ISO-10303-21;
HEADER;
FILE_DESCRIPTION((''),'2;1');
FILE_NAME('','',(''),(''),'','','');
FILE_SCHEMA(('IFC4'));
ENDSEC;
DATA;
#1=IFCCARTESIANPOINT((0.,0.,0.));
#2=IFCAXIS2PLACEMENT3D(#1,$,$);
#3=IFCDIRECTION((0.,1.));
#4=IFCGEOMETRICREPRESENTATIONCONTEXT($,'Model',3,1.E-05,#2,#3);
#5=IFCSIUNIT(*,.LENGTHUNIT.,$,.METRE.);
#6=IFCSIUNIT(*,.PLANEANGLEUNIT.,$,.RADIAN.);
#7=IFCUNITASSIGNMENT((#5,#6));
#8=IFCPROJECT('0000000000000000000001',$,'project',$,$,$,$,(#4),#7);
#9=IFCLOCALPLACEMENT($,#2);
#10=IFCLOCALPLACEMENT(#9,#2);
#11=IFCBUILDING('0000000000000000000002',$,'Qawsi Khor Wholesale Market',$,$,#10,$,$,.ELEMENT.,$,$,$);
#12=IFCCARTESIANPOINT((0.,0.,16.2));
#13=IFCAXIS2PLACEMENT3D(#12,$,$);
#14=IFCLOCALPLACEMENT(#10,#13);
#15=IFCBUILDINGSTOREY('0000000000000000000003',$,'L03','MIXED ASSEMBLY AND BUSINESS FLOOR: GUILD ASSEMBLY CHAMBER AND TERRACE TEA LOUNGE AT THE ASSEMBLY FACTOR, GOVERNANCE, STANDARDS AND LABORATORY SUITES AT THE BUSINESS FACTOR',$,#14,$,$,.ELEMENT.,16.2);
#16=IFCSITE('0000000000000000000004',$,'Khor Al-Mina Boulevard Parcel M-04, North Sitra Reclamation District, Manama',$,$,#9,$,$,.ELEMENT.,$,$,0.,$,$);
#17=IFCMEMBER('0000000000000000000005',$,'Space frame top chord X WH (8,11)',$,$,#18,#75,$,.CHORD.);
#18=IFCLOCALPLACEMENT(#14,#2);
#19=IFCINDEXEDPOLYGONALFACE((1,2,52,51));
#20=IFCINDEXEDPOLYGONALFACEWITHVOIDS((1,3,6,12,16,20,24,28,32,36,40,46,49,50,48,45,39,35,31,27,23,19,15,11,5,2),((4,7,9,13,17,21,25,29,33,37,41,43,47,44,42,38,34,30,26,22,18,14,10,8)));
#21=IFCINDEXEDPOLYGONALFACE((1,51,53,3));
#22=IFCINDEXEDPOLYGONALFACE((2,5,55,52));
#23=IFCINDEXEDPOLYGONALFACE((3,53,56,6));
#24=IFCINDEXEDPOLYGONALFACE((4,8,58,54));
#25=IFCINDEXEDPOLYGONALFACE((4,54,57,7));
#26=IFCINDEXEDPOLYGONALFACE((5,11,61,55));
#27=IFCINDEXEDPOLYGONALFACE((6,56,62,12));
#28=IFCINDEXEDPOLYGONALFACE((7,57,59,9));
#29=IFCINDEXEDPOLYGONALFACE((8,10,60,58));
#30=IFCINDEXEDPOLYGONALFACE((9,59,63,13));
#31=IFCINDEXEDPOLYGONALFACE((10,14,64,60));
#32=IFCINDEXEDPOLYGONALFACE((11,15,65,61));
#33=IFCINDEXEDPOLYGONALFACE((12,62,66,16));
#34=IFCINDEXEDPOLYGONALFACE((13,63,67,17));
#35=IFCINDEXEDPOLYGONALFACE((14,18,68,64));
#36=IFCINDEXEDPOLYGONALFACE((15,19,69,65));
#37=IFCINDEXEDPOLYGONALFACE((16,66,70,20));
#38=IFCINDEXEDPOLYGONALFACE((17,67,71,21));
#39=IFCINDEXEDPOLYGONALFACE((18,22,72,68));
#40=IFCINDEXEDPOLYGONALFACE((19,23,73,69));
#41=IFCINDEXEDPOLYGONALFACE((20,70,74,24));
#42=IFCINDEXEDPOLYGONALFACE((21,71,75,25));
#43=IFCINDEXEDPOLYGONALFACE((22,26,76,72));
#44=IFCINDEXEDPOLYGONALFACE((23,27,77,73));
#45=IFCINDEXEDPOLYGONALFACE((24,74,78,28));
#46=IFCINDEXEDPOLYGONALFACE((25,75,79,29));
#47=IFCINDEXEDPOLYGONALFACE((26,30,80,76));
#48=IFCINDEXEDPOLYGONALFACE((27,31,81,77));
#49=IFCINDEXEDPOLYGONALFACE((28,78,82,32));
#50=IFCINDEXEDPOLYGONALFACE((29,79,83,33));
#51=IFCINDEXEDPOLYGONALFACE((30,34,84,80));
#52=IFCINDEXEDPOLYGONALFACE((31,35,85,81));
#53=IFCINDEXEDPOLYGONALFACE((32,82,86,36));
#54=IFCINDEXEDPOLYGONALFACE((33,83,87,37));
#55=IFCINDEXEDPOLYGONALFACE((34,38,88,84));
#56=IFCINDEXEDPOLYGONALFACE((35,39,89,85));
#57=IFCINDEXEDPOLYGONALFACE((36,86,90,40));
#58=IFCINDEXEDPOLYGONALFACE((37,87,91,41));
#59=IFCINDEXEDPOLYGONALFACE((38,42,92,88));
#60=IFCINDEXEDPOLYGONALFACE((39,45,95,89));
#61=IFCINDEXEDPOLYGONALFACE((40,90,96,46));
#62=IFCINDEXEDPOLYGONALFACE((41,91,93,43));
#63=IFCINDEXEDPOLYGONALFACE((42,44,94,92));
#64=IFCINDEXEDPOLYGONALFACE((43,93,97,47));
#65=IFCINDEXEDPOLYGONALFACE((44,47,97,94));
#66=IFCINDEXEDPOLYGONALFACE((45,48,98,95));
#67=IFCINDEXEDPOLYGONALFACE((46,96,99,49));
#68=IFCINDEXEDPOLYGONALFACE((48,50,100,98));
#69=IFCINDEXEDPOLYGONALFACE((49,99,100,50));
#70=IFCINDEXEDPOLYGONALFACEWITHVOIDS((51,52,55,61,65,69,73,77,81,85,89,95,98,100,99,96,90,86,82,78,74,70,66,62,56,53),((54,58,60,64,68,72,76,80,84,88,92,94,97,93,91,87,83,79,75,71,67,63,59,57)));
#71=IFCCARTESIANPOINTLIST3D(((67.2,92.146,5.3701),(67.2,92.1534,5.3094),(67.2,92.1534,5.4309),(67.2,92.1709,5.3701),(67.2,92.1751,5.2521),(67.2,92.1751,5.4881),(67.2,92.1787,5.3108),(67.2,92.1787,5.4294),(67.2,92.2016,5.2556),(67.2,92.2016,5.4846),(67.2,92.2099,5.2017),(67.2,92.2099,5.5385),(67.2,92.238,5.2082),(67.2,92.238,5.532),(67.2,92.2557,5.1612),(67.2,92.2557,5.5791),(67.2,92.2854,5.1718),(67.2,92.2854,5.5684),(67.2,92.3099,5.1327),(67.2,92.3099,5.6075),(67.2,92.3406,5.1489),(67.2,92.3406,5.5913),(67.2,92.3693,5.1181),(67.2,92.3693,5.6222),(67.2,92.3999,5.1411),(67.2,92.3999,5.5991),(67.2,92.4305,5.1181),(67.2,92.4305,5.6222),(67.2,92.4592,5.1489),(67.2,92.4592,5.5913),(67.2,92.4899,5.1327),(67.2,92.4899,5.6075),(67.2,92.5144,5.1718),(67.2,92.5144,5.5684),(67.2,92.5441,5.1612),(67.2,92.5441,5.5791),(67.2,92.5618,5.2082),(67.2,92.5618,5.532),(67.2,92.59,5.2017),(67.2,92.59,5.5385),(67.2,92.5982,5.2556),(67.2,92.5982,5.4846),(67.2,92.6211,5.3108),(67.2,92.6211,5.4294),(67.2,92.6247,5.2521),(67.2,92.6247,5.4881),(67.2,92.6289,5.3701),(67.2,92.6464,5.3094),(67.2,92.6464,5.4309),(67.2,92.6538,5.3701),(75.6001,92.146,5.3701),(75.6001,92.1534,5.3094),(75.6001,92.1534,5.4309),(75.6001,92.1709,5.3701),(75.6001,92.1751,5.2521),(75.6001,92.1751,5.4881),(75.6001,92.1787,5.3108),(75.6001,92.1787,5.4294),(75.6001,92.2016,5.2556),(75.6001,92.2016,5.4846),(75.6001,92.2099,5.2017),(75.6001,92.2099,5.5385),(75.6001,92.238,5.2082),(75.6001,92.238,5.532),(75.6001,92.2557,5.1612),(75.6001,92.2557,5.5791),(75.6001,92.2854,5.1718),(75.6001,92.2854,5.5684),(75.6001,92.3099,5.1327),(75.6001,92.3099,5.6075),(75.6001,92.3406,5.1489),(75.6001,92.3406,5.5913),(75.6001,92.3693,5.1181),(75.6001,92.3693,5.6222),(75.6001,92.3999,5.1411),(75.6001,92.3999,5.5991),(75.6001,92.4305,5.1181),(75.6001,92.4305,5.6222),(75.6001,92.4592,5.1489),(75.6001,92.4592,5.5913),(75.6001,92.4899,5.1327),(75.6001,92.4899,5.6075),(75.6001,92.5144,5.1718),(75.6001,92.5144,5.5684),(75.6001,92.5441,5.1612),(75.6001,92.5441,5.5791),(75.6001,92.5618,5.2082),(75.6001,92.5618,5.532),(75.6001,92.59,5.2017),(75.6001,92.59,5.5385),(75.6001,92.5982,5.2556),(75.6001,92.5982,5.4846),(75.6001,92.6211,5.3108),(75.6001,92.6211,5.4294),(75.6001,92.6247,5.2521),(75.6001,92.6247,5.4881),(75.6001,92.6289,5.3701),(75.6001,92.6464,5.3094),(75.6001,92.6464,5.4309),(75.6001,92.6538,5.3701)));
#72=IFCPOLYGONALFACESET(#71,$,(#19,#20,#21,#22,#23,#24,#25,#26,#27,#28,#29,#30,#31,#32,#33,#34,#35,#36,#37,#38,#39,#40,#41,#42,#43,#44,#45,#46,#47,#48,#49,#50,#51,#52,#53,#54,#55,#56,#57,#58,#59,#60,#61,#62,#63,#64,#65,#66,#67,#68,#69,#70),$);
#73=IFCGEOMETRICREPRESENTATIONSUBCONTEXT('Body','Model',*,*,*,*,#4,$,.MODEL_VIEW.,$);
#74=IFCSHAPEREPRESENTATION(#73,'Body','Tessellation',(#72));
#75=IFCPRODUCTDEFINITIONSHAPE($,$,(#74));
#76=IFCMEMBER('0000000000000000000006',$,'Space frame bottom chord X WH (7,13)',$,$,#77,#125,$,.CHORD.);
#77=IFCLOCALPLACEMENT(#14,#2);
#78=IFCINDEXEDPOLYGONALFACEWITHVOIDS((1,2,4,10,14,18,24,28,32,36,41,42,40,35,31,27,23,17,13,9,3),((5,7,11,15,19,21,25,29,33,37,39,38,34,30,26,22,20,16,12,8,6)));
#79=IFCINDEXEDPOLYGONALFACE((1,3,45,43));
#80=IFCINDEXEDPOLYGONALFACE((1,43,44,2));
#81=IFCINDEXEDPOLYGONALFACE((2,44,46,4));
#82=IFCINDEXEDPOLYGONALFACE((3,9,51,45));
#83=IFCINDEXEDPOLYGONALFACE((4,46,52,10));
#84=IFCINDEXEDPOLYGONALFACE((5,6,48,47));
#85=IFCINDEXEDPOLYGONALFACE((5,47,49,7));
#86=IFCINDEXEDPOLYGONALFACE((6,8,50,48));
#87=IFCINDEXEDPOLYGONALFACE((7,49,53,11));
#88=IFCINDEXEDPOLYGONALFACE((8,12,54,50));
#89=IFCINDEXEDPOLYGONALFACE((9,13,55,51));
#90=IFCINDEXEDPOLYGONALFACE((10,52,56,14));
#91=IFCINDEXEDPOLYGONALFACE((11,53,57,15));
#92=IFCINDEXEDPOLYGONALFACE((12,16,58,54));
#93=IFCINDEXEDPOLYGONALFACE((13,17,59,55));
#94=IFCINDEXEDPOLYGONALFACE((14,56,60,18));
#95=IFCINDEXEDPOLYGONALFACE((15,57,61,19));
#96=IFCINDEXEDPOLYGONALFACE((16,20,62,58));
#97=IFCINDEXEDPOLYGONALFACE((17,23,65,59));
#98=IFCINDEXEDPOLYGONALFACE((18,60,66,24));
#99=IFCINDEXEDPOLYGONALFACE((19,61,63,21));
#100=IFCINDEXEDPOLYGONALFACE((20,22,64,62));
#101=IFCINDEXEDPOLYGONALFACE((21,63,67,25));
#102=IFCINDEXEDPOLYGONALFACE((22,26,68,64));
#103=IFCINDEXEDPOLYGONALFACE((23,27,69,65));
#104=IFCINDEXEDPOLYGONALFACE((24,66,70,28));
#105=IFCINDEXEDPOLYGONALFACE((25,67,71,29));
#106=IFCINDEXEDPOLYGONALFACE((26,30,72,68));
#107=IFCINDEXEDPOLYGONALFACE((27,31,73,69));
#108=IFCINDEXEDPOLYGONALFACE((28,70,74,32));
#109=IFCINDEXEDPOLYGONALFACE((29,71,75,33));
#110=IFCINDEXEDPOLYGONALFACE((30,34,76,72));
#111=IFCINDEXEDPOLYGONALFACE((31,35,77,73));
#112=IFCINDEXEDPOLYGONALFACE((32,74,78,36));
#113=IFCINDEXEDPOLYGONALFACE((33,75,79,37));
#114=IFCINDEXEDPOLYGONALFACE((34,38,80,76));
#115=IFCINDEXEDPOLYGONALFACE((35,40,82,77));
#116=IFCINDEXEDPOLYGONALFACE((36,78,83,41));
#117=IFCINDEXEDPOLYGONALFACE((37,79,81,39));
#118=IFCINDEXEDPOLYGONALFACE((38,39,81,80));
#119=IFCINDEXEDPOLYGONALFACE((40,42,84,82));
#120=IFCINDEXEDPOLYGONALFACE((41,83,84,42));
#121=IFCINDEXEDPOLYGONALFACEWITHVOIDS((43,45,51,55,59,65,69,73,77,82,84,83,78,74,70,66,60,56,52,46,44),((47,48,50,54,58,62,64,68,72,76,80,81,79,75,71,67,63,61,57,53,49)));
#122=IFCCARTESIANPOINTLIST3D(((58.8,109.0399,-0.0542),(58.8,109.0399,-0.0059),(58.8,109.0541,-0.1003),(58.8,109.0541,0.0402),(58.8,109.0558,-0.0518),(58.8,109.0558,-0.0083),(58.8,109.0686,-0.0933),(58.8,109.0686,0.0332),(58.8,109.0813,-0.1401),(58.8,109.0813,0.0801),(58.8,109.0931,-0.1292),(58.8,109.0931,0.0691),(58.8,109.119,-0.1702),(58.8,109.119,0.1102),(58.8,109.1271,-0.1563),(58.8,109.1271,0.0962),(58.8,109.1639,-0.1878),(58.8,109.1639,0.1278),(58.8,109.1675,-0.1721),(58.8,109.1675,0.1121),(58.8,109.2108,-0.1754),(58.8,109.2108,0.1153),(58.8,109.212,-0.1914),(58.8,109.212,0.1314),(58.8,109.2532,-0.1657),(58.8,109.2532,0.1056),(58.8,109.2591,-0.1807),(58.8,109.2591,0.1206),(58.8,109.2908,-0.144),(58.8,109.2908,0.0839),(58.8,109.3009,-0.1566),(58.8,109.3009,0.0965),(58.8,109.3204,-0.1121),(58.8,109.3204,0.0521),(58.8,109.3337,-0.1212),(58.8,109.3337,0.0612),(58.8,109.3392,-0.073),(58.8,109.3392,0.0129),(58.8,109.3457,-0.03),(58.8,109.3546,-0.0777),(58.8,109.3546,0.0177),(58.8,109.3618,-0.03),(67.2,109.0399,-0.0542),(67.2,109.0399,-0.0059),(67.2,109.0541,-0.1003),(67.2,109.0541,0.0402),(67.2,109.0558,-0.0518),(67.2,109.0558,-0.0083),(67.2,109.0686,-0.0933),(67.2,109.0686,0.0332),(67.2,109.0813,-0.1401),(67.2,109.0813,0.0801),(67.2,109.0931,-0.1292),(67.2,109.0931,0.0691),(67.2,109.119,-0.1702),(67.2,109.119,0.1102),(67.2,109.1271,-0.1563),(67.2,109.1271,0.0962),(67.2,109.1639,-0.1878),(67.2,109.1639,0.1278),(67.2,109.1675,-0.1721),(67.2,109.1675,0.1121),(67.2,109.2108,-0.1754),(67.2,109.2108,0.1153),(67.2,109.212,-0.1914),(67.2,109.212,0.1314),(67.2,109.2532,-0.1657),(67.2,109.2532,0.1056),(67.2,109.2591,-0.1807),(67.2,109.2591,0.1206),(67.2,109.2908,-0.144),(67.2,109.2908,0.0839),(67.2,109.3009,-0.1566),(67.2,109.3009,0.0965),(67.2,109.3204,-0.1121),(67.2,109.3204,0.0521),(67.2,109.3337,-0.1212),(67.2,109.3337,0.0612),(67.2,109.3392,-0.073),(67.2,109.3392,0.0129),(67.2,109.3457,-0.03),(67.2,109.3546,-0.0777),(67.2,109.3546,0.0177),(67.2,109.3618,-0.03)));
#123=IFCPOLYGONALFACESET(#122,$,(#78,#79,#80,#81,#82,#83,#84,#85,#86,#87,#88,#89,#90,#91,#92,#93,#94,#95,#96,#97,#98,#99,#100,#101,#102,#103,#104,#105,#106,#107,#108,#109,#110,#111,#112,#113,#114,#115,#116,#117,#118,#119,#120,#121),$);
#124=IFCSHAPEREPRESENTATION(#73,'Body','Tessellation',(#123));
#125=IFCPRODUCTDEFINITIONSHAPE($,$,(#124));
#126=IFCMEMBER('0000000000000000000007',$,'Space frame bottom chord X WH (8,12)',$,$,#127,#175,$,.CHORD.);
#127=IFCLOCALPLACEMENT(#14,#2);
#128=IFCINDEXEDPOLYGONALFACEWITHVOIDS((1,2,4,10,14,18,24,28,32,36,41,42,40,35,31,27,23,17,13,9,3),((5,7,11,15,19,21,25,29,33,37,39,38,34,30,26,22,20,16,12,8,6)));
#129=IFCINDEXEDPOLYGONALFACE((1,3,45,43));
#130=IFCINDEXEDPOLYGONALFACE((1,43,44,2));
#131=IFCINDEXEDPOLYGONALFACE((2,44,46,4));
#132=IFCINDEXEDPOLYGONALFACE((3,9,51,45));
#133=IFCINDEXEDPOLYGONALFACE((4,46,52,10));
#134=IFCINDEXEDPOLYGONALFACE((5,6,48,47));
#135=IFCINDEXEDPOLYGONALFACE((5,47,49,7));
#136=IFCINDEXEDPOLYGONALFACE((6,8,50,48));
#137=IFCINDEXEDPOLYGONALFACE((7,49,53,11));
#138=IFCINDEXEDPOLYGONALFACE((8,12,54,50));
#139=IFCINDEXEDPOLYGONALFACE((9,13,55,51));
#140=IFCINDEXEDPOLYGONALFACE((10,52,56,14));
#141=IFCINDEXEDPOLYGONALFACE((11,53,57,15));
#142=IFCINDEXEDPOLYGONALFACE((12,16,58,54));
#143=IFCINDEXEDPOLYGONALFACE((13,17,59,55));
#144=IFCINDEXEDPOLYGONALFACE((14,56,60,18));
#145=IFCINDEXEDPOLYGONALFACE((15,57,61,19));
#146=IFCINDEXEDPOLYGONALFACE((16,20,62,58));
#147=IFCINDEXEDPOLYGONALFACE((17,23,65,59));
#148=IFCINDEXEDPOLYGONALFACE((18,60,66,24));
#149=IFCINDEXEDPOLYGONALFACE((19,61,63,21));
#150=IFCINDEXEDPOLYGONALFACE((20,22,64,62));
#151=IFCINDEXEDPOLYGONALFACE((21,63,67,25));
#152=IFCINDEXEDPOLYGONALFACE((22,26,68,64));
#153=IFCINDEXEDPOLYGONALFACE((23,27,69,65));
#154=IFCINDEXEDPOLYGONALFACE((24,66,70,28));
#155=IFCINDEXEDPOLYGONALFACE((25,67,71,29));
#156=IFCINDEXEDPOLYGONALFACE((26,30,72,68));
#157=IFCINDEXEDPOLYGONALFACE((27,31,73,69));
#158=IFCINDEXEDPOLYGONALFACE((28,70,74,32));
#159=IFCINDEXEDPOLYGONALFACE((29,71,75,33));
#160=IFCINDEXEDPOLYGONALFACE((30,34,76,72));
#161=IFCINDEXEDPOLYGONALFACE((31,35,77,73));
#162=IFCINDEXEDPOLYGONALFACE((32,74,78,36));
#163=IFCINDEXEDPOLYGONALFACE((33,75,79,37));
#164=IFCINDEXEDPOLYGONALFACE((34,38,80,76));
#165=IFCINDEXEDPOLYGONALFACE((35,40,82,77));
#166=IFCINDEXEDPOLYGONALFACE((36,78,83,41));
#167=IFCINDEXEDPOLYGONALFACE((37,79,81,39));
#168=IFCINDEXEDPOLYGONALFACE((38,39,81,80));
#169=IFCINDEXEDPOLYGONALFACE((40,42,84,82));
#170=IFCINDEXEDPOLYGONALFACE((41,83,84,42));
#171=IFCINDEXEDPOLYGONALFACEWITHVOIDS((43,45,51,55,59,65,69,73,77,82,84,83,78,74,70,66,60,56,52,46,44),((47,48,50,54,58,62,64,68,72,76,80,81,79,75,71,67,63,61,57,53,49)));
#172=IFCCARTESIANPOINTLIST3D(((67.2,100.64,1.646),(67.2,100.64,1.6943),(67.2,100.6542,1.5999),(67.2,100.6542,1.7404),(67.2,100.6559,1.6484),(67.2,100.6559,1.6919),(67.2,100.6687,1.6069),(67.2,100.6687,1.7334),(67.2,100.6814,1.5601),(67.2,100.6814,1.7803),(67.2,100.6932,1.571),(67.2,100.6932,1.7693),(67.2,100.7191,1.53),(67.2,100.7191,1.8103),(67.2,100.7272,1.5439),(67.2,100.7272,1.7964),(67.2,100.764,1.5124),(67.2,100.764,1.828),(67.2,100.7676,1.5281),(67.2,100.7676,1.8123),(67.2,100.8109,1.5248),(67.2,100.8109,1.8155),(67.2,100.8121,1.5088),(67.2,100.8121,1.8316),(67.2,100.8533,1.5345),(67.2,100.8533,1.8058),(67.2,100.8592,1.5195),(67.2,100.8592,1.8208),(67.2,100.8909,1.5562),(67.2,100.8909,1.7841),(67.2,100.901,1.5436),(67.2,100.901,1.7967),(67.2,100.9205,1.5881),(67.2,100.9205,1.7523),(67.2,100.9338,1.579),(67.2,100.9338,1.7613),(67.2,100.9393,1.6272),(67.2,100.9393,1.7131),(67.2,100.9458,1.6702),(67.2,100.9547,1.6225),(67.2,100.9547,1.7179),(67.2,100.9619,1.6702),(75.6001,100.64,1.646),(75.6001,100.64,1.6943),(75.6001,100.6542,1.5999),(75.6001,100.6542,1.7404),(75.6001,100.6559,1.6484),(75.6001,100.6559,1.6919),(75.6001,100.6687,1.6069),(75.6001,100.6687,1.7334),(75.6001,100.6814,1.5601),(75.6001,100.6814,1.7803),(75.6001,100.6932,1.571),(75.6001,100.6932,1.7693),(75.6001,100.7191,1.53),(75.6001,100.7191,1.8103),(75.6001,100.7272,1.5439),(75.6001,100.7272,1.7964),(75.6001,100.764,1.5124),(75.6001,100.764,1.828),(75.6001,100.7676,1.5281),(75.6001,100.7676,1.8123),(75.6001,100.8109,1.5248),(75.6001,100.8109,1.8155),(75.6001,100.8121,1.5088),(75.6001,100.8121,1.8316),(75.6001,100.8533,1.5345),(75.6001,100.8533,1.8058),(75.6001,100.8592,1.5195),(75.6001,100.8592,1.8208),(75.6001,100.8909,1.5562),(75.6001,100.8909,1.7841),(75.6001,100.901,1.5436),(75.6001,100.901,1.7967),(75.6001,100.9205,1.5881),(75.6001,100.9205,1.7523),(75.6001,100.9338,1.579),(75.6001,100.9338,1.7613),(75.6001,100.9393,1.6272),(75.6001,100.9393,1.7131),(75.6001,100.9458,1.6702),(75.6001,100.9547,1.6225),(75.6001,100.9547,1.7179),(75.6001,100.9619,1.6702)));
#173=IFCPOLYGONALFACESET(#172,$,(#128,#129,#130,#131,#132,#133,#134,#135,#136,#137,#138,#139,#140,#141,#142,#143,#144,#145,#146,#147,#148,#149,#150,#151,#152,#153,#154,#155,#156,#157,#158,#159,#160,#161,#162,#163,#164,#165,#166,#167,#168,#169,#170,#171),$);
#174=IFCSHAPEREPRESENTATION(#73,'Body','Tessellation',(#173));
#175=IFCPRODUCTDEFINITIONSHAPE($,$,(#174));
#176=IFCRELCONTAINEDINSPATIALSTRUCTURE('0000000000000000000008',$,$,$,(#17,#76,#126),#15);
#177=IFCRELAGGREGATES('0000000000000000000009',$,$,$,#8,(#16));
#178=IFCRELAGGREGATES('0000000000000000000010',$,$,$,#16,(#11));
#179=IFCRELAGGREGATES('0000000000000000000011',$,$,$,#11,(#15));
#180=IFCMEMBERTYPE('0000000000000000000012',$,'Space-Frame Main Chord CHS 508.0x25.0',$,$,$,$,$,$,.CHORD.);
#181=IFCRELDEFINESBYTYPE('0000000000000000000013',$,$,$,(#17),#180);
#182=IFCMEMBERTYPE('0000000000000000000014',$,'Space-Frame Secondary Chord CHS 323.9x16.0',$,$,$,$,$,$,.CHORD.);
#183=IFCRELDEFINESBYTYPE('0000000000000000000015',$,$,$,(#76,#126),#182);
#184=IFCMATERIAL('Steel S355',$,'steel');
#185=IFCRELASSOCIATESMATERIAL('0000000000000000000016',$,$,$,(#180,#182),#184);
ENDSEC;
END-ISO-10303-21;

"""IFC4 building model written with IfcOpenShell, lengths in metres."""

from ifc_helpers import new_model, si_unit, direction, frame, origin, origin_2d, place, context, subcontext, project, spatial, hollow_circle, extrude, material, material_profile, profile_set, type_object, element, save


model = new_model("IFC4")

# Units and contexts
model_context = context("Model", 3, precision=1e-05, world=origin(), true_north=direction((0.0, 1.0)))
body_context = subcontext(model_context, "Body", "Model", "MODEL_VIEW")
ifc_project = project(units=[si_unit("LENGTHUNIT", "METRE"), si_unit("PLANEANGLEUNIT", "RADIAN")], contexts=[model_context])

# Site, building, storey
site_placement = place(None, origin())
site = spatial("IfcSite", under=ifc_project, at=site_placement, Name="Khor Al-Mina Boulevard Parcel M-04, North Sitra Reclamation District, Manama", CompositionType="ELEMENT", RefElevation=0.0)
building_placement = place(site_placement, origin())
building = spatial("IfcBuilding", under=site, at=building_placement, Name="Qawsi Khor Wholesale Market", CompositionType="ELEMENT")
storey_placement = place(building_placement, frame((0.0, 0.0, 16.2)))
storey = spatial("IfcBuildingStorey", under=building, at=storey_placement, Name="L03", Description="MIXED ASSEMBLY AND BUSINESS FLOOR: GUILD ASSEMBLY CHAMBER AND TERRACE TEA LOUNGE AT THE ASSEMBLY FACTOR, GOVERNANCE, STANDARDS AND LABORATORY SUITES AT THE BUSINESS FACTOR", CompositionType="ELEMENT", Elevation=16.2)

# Members
ifc_material_1 = material(Name="Steel S355", Category="steel")
ifc_material_profile_1 = material_profile(ifc_material_1, hollow_circle(Radius=0.2539, WallThickness=0.0249, at=origin_2d()), Name="CHS 508.0x25.0")
ifc_profile_set_1 = profile_set([ifc_material_profile_1], Name="Steel S355")
member_type_1 = type_object("IfcMemberType", Name="Space-Frame Main Chord CHS 508.0x25.0", PredefinedType="CHORD", material=ifc_profile_set_1)
member_1_placement = place(storey_placement, frame((67.2, 92.3999, 5.3701), z_axis=(1.0, 0.0, 0.0), x_axis=(0.0, 1.0, 0.0)))
element("IfcMember", 1, at=member_1_placement, inside=storey, type_object=member_type_1, Name="Space frame top chord X WH (8,11)", PredefinedType="CHORD", context=body_context, shape_type="SweptSolid", body=[
    extrude(hollow_circle(Radius=0.2539, WallThickness=0.0249, at=origin_2d()), origin(), (0.0, 0.0, 1.0), 8.4001),
])
ifc_material_profile_2 = material_profile(ifc_material_1, hollow_circle(Radius=0.1619, WallThickness=0.0161, at=origin_2d()), Name="CHS 323.9x16.0")
ifc_profile_set_2 = profile_set([ifc_material_profile_2], Name="Steel S355")
member_type_2 = type_object("IfcMemberType", Name="Space-Frame Secondary Chord CHS 323.9x16.0", PredefinedType="CHORD", material=ifc_profile_set_2)
member_2_placement = place(storey_placement, frame((58.8, 109.2, -0.03), z_axis=(1.0, 0.0, 0.0), x_axis=(0.0, 1.0, 0.0)))
element("IfcMember", 2, at=member_2_placement, inside=storey, type_object=member_type_2, Name="Space frame bottom chord X WH (7,13)", PredefinedType="CHORD", context=body_context, shape_type="SweptSolid", body=[
    extrude(hollow_circle(Radius=0.1619, WallThickness=0.0161, at=origin_2d()), origin(), (0.0, 0.0, 1.0), 8.3999),
])
member_3_placement = place(storey_placement, frame((67.2, 100.8, 1.6702), z_axis=(1.0, 0.0, 0.0), x_axis=(0.0, 1.0, 0.0)))
element("IfcMember", 3, at=member_3_placement, inside=storey, type_object=member_type_2, Name="Space frame bottom chord X WH (8,12)", PredefinedType="CHORD", context=body_context, shape_type="SweptSolid", body=[
    extrude(hollow_circle(Radius=0.1619, WallThickness=0.0161, at=origin_2d()), origin(), (0.0, 0.0, 1.0), 8.4001),
])

save(model, "model.ifc")
